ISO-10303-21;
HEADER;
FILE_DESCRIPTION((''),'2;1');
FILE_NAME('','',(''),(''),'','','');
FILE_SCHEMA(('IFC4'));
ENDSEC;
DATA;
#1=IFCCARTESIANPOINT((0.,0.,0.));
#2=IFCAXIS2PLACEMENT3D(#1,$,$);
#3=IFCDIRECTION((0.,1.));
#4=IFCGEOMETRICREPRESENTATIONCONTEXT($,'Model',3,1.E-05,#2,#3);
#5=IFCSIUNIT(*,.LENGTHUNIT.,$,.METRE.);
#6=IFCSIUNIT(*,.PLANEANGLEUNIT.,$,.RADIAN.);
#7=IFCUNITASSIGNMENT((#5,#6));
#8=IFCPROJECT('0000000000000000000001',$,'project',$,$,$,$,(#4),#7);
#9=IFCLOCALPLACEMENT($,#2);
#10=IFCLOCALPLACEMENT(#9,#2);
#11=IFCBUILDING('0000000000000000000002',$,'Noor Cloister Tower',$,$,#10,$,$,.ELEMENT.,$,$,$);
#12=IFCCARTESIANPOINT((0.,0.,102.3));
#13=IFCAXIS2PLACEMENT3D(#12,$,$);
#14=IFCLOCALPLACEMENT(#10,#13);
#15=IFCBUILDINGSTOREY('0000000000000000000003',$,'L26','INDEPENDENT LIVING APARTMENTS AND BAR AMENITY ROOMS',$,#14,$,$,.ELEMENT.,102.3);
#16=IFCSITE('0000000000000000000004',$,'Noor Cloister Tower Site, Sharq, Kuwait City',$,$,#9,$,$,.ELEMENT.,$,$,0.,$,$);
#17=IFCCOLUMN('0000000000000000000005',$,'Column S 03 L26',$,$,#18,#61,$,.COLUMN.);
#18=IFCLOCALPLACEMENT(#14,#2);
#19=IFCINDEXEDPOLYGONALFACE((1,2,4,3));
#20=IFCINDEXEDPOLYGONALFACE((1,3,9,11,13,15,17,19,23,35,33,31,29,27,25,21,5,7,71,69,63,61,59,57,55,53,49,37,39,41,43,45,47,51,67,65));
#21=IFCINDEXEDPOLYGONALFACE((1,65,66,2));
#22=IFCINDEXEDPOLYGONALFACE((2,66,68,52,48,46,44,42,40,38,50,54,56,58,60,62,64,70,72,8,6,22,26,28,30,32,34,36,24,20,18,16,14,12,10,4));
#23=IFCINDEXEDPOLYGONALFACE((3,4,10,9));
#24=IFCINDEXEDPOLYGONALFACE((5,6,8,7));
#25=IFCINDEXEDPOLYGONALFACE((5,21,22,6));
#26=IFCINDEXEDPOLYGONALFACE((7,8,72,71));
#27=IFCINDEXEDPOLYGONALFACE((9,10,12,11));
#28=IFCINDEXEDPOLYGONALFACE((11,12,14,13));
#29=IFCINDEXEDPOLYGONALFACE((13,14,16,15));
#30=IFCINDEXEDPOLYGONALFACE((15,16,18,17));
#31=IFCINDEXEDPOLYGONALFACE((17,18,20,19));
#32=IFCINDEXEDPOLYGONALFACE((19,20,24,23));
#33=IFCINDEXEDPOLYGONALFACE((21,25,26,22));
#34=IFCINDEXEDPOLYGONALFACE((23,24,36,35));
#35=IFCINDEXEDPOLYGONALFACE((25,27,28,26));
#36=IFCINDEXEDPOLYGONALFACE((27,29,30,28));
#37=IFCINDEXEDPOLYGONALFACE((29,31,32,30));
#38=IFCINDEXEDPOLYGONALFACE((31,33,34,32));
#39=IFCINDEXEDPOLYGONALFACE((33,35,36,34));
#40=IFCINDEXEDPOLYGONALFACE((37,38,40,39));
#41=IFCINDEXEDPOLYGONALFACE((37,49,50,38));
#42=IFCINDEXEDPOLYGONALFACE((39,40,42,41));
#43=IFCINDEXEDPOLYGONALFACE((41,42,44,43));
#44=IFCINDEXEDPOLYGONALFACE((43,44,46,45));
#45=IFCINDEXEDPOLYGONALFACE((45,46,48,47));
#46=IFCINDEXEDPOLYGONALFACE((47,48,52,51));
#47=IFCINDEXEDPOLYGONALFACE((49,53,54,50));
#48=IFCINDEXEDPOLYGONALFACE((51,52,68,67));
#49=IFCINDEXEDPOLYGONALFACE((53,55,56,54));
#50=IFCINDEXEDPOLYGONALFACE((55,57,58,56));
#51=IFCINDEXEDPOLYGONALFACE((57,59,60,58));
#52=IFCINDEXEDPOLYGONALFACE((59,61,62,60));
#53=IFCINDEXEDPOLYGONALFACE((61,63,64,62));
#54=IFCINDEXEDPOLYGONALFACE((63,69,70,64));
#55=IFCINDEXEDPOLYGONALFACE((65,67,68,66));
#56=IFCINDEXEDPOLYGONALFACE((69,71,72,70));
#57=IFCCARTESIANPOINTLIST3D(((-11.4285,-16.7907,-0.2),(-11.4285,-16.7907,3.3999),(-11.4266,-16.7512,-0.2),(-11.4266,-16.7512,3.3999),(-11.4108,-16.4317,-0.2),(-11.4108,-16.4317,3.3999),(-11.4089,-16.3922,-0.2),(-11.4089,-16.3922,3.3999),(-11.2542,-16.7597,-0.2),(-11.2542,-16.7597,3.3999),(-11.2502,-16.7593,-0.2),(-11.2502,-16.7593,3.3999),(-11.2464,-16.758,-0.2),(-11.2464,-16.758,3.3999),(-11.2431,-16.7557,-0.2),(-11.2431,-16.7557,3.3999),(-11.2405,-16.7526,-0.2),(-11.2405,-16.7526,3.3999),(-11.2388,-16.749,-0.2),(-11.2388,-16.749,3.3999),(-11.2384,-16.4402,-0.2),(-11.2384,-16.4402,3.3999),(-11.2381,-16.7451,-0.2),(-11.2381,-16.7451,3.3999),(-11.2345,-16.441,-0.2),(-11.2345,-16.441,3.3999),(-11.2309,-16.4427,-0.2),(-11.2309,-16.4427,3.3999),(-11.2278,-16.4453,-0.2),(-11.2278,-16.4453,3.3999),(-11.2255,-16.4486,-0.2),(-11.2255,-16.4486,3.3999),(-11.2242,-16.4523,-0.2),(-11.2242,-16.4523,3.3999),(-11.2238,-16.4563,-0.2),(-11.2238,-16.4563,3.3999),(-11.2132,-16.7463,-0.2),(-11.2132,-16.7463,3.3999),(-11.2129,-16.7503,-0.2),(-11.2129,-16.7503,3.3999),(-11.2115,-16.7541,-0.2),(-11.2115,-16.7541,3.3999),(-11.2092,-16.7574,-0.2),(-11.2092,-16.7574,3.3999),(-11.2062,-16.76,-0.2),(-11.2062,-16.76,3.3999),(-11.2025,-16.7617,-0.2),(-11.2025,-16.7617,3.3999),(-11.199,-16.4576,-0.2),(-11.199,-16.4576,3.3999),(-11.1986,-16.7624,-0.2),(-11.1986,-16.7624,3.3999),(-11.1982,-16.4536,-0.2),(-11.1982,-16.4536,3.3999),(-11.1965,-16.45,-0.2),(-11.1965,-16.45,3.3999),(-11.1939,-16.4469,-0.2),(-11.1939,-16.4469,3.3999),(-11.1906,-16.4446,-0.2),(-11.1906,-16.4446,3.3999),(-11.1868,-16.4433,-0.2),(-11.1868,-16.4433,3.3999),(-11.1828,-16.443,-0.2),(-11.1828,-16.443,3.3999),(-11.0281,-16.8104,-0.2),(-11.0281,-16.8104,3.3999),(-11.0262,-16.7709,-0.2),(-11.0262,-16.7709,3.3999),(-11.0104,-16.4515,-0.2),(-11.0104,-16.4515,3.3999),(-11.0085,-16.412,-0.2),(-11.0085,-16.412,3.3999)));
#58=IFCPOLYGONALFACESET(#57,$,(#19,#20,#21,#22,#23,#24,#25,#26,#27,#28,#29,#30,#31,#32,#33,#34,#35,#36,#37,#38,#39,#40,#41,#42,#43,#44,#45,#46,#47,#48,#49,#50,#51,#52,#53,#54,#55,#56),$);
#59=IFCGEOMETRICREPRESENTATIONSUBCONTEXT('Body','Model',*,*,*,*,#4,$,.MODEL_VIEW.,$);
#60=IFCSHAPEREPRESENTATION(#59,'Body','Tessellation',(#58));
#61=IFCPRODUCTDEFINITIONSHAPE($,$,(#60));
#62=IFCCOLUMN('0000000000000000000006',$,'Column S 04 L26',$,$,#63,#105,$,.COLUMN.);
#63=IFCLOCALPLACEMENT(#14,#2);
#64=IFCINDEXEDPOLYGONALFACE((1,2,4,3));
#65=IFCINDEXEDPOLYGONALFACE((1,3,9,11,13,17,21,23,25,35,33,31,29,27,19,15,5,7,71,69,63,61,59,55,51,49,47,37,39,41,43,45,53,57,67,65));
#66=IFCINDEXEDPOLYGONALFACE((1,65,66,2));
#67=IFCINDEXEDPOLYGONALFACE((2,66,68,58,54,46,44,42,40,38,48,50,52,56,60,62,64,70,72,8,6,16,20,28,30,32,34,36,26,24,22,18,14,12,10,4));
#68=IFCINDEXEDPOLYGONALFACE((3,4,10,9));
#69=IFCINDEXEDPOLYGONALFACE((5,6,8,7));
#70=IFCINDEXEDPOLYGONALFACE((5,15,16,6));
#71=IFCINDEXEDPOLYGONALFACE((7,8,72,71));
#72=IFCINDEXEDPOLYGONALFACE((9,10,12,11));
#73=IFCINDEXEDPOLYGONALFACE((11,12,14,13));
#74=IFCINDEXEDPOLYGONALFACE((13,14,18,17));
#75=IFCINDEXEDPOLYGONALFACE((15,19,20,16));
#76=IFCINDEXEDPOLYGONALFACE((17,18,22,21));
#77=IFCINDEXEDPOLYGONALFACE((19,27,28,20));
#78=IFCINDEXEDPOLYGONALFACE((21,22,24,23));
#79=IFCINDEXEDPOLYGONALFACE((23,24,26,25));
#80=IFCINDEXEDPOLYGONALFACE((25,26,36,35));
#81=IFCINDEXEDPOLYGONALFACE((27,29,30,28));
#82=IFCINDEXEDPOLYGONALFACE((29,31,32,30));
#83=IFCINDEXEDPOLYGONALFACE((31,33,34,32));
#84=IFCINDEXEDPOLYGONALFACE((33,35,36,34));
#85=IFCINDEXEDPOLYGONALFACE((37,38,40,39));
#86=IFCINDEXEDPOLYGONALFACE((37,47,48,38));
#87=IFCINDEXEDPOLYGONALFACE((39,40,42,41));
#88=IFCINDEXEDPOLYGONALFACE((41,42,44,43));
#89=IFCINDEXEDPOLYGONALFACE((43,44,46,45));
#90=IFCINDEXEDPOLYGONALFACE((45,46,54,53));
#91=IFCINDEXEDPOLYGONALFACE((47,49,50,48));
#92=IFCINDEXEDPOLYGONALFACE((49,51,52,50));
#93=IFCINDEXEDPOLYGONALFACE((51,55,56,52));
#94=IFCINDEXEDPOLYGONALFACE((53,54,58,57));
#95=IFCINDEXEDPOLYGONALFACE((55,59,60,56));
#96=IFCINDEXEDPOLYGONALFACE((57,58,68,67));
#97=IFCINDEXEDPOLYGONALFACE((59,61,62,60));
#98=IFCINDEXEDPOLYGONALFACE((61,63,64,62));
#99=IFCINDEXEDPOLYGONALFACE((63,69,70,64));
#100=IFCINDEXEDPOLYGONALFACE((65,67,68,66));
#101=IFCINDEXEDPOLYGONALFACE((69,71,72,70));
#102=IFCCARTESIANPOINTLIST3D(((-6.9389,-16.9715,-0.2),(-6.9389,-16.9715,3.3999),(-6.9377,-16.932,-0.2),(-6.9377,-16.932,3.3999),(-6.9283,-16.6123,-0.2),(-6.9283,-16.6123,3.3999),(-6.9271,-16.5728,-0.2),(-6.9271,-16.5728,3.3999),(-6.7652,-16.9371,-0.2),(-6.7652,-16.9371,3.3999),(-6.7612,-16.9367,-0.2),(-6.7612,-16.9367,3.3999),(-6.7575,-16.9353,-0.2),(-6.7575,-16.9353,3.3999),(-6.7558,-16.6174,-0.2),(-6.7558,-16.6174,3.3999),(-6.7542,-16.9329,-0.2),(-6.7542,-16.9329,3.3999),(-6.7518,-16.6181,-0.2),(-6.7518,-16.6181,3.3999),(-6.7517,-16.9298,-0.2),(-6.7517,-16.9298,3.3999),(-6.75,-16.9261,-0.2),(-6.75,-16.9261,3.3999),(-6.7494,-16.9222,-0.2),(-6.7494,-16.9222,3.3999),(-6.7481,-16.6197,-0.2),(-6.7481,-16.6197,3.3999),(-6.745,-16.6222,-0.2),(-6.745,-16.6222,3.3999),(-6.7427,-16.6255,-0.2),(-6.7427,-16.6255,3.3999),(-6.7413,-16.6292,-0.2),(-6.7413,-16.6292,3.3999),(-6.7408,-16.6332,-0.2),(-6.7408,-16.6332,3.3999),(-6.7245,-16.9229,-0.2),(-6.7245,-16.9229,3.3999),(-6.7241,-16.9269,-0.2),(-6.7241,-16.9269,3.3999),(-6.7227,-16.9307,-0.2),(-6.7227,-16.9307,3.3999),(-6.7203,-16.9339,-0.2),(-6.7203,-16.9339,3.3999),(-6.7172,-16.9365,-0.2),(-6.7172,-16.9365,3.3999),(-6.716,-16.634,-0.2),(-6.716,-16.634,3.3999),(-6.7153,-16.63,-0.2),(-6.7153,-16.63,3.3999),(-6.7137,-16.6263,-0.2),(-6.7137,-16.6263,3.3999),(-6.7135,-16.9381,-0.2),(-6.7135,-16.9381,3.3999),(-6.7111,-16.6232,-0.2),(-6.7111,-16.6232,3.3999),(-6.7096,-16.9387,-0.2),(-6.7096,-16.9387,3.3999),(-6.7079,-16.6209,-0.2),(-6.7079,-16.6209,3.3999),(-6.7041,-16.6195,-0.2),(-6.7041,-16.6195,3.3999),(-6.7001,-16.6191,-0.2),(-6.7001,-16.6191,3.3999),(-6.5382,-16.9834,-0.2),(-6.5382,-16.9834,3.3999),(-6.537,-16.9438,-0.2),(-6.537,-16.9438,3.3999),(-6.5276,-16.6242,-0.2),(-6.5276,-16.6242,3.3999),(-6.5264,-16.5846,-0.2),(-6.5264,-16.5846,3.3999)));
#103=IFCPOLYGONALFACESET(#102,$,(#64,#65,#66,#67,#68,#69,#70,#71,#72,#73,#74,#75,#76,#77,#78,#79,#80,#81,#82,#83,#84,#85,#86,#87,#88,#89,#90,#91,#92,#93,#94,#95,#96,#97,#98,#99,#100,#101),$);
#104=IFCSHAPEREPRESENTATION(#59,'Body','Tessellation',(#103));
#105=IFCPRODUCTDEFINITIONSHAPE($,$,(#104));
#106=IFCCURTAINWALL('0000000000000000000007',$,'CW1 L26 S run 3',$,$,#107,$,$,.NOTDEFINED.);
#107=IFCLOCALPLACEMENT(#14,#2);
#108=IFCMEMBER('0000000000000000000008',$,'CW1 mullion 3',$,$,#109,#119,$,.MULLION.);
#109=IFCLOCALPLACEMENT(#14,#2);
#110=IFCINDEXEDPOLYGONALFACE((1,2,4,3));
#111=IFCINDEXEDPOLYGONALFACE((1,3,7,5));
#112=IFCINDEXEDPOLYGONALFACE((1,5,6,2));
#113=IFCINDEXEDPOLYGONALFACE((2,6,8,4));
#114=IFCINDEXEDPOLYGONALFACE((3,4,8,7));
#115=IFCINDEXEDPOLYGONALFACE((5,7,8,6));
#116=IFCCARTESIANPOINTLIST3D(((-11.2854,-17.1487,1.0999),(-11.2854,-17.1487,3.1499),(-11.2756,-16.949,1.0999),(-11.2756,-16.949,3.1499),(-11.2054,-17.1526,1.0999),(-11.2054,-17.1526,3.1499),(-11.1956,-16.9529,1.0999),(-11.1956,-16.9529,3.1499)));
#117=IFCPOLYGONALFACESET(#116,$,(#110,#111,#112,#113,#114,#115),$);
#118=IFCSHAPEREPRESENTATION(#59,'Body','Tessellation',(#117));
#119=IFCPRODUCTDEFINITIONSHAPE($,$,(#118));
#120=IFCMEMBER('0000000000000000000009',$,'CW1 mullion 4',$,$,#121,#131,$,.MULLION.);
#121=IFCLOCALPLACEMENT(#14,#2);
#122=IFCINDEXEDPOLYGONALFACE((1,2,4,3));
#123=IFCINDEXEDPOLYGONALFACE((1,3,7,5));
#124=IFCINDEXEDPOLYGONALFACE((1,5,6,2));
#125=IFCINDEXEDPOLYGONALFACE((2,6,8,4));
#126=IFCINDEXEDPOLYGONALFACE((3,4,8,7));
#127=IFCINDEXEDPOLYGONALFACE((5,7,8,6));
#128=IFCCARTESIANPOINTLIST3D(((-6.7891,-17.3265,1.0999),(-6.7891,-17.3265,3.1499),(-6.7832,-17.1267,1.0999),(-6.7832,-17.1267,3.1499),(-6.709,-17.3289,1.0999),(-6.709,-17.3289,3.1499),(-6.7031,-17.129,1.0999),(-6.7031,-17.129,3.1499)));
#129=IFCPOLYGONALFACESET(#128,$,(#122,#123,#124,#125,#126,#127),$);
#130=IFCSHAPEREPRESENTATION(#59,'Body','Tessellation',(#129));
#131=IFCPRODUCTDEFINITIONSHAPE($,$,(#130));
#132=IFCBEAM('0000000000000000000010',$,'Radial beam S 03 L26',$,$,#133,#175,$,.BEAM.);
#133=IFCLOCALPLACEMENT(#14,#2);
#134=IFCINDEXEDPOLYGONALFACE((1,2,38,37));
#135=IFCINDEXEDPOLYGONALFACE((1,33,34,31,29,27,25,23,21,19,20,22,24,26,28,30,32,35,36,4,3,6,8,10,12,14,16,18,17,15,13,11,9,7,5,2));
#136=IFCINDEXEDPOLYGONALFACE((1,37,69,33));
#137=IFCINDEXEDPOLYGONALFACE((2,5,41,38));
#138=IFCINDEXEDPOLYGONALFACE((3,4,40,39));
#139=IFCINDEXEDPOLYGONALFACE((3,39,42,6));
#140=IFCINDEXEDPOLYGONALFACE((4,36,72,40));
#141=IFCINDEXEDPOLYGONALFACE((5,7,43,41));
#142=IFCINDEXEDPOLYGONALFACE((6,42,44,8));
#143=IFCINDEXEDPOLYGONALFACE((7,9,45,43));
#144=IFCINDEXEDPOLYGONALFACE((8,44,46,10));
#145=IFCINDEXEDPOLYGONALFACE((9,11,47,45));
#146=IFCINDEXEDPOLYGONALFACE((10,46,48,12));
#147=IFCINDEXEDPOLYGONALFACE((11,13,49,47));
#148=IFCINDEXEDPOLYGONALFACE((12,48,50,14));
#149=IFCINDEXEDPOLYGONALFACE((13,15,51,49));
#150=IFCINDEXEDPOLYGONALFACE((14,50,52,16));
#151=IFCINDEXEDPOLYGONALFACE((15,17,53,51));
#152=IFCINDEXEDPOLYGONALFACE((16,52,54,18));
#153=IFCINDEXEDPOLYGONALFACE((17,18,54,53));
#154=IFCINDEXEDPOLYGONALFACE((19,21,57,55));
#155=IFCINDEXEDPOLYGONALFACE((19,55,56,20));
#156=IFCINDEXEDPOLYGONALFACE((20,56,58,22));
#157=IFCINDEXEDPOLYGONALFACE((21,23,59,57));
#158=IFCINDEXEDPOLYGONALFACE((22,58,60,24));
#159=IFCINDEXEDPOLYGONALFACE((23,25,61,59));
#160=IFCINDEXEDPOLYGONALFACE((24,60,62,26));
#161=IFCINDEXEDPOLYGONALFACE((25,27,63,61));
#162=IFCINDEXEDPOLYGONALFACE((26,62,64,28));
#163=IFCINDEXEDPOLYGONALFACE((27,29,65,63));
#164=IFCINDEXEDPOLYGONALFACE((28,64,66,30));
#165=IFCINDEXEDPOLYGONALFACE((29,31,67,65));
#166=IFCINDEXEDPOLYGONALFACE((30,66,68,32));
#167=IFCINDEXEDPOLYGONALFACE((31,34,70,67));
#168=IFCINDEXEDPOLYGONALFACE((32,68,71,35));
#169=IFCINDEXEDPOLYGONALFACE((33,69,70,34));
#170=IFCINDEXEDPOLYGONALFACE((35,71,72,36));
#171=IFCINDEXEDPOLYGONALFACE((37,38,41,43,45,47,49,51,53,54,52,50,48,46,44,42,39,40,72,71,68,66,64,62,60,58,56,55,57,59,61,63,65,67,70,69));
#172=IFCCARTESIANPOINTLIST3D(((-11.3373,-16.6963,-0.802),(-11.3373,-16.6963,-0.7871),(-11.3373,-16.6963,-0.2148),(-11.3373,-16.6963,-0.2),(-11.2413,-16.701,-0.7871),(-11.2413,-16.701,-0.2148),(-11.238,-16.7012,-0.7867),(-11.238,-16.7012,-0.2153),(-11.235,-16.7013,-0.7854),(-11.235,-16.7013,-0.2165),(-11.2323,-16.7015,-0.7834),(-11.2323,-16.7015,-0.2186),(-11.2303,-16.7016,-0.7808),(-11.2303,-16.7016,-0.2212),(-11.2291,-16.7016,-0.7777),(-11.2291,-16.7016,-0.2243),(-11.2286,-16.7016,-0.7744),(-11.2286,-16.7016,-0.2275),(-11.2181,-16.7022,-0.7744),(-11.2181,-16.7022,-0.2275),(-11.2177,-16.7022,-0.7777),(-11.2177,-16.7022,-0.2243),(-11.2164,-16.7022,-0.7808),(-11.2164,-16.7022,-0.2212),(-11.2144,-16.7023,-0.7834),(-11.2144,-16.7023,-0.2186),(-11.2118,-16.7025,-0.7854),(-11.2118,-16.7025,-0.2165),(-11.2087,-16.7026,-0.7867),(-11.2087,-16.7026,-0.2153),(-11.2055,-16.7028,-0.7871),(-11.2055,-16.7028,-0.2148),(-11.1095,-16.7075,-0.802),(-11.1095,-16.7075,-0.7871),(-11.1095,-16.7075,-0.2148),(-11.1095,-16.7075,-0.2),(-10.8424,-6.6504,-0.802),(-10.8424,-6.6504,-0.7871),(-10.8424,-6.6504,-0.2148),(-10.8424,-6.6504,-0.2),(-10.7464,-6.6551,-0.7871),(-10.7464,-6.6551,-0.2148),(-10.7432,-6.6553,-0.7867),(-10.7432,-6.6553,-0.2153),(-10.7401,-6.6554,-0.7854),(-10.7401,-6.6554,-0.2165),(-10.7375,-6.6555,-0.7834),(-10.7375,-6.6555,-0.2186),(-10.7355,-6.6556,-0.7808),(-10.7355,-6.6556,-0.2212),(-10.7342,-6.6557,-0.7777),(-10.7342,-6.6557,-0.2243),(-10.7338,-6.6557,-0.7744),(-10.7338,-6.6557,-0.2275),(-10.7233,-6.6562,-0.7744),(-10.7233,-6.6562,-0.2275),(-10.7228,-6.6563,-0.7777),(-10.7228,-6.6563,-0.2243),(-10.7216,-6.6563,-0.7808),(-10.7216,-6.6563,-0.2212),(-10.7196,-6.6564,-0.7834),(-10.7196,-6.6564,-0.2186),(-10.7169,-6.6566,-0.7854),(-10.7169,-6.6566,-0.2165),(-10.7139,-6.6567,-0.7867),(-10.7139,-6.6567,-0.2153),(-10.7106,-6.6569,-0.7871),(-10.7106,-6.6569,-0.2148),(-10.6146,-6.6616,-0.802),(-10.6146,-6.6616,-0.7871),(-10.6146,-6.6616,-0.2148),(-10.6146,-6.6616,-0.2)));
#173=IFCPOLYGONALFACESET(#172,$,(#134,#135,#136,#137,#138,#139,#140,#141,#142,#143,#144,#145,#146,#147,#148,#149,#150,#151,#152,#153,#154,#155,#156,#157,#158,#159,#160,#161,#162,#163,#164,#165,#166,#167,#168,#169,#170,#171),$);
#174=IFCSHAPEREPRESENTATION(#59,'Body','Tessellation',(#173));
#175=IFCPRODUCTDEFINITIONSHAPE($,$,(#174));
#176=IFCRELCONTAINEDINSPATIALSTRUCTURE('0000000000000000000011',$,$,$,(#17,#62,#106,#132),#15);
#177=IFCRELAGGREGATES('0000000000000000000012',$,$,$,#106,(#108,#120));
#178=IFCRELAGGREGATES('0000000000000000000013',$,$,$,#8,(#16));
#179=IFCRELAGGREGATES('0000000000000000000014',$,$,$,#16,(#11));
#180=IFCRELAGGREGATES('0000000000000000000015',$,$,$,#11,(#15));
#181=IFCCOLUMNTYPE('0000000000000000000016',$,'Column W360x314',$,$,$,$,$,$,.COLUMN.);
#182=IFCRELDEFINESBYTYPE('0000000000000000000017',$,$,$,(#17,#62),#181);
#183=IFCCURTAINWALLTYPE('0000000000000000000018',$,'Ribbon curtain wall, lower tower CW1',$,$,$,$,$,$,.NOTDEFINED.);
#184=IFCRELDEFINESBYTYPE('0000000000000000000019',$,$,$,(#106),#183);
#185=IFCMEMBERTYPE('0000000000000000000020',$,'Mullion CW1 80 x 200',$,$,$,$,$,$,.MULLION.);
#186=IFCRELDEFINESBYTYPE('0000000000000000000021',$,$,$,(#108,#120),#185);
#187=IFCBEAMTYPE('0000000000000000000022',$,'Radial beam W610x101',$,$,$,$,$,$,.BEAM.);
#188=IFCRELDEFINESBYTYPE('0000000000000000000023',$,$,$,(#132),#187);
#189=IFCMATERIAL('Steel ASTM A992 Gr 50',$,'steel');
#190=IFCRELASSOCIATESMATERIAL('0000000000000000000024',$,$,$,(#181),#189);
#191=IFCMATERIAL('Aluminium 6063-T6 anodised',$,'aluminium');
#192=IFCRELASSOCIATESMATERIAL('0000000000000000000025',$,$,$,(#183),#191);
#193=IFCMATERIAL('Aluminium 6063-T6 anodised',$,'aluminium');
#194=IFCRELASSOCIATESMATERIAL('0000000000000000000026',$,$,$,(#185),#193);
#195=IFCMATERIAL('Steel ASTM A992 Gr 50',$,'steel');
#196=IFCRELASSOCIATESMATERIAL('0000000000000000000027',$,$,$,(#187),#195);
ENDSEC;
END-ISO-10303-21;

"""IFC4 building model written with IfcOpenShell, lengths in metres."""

from ifc_helpers import new_model, si_unit, direction, frame, origin, origin_2d, place, context, subcontext, project, spatial, rectangle, i_section, extrude, material, material_profile, profile_set, type_object, element, aggregate, save


model = new_model("IFC4")

# Units and contexts
model_context = context("Model", 3, precision=1e-05, world=origin(), true_north=direction((0.0, 1.0)))
body_context = subcontext(model_context, "Body", "Model", "MODEL_VIEW")
ifc_project = project(units=[si_unit("LENGTHUNIT", "METRE"), si_unit("PLANEANGLEUNIT", "RADIAN")], contexts=[model_context])

# Site, building, storey
site_placement = place(None, origin())
site = spatial("IfcSite", under=ifc_project, at=site_placement, Name="Noor Cloister Tower Site, Sharq, Kuwait City", CompositionType="ELEMENT", RefElevation=0.0)
building_placement = place(site_placement, origin())
building = spatial("IfcBuilding", under=site, at=building_placement, Name="Noor Cloister Tower", CompositionType="ELEMENT")
storey_placement = place(building_placement, frame((0.0, 0.0, 102.3)))
storey = spatial("IfcBuildingStorey", under=building, at=storey_placement, Name="L26", Description="INDEPENDENT LIVING APARTMENTS AND BAR AMENITY ROOMS", CompositionType="ELEMENT", Elevation=102.3)

# Columns
ifc_material_1 = material(Name="Steel ASTM A992 Gr 50", Category="steel")
ifc_material_profile_1 = material_profile(ifc_material_1, i_section(OverallWidth=0.4009, OverallDepth=0.3989, WebThickness=0.0249, FlangeThickness=0.0396, FilletRadius=0.0154, at=origin_2d()), Name="W360x314")
ifc_profile_set_1 = profile_set([ifc_material_profile_1], Name="Steel ASTM A992 Gr 50")
column_type = type_object("IfcColumnType", Name="Column W360x314", PredefinedType="COLUMN", material=ifc_profile_set_1)
for number, where, z_axis, x_axis, name in (
    (1, (-11.2185, -16.6013, -0.2), (0.0, 0.0, 1.0), (0.99879, -0.049188, 0.0), "Column S 03 L26"),
    (2, (-6.7327, -16.7781, -0.2), (0.0, 0.0, 1.0), (0.999564, -0.029521, 0.0), "Column S 04 L26"),
):
    element("IfcColumn", number, at=place(storey_placement, frame(where, z_axis=z_axis, x_axis=x_axis)), inside=storey, type_object=column_type, Name=name, PredefinedType="COLUMN", context=body_context, shape_type="SweptSolid", body=[
        extrude(i_section(OverallWidth=0.4009, OverallDepth=0.3989, WebThickness=0.0249, FlangeThickness=0.0396, FilletRadius=0.0154, at=origin_2d()), origin(), (0.0, 0.0, 1.0), 3.5999),
    ])

# Curtain wall, members
ifc_material_2 = material(Name="Aluminium 6063-T6 anodised", Category="aluminium")
curtain_wall_type = type_object("IfcCurtainWallType", Name="Ribbon curtain wall, lower tower CW1", PredefinedType="NOTDEFINED", material=ifc_material_2)
curtain_wall_placement = place(storey_placement, origin())
curtain_wall = element("IfcCurtainWall", 3, at=curtain_wall_placement, inside=storey, type_object=curtain_wall_type, Name="CW1 L26 S run 3", PredefinedType="NOTDEFINED")
ifc_material_3 = material(Name="Aluminium 6063-T6 anodised", Category="aluminium")
ifc_material_profile_2 = material_profile(ifc_material_3, rectangle(XDim=0.2, YDim=0.0801, at=origin_2d()), Name="200 x 80 mullion")
ifc_profile_set_2 = profile_set([ifc_material_profile_2], Name="Aluminium 6063-T6 anodised")
member_type = type_object("IfcMemberType", Name="Mullion CW1 80 x 200", PredefinedType="MULLION", material=ifc_profile_set_2)
member_1_placement = place(storey_placement, frame((-11.2405, -17.0508, 1.0999), z_axis=(0.0, 0.0, 1.0), x_axis=(0.049188, 0.99879, 0.0)))
member_1 = element("IfcMember", 4, at=member_1_placement, type_object=member_type, Name="CW1 mullion 3", PredefinedType="MULLION", context=body_context, shape_type="SweptSolid", body=[
    extrude(rectangle(XDim=0.2, YDim=0.0801, at=origin_2d()), origin(), (0.0, 0.0, 1.0), 2.05),
])
member_2_placement = place(storey_placement, frame((-6.7461, -17.2278, 1.0999), z_axis=(0.0, 0.0, 1.0), x_axis=(0.029521, 0.999564, 0.0)))
member_2 = element("IfcMember", 5, at=member_2_placement, type_object=member_type, Name="CW1 mullion 4", PredefinedType="MULLION", context=body_context, shape_type="SweptSolid", body=[
    extrude(rectangle(XDim=0.2, YDim=0.0801, at=origin_2d()), origin(), (0.0, 0.0, 1.0), 2.05),
])

# Beam
ifc_material_4 = material(Name="Steel ASTM A992 Gr 50", Category="steel")
ifc_material_profile_3 = material_profile(ifc_material_4, i_section(OverallWidth=0.228, OverallDepth=0.6021, WebThickness=0.0105, FlangeThickness=0.0149, FilletRadius=0.0127, at=origin_2d()), Name="W610x101")
ifc_profile_set_3 = profile_set([ifc_material_profile_3], Name="Steel ASTM A992 Gr 50")
beam_type_1 = type_object("IfcBeamType", Name="Radial beam W610x101", PredefinedType="BEAM", material=ifc_profile_set_3)
beam_1_placement = place(storey_placement, frame((-11.2234, -16.7019, -0.501), z_axis=(0.049202, 0.998789, 0.0), x_axis=(-0.998789, 0.049202, 0.0)))
element("IfcBeam", 6, at=beam_1_placement, inside=storey, type_object=beam_type_1, Name="Radial beam S 03 L26", PredefinedType="BEAM", context=body_context, shape_type="SweptSolid", body=[
    extrude(i_section(OverallWidth=0.228, OverallDepth=0.6021, WebThickness=0.0105, FlangeThickness=0.0149, FilletRadius=0.0127, at=origin_2d()), origin(), (0.0, 0.0, 1.0), 10.0581),
])

aggregate(curtain_wall, [member_1, member_2])

save(model, "model.ifc")
